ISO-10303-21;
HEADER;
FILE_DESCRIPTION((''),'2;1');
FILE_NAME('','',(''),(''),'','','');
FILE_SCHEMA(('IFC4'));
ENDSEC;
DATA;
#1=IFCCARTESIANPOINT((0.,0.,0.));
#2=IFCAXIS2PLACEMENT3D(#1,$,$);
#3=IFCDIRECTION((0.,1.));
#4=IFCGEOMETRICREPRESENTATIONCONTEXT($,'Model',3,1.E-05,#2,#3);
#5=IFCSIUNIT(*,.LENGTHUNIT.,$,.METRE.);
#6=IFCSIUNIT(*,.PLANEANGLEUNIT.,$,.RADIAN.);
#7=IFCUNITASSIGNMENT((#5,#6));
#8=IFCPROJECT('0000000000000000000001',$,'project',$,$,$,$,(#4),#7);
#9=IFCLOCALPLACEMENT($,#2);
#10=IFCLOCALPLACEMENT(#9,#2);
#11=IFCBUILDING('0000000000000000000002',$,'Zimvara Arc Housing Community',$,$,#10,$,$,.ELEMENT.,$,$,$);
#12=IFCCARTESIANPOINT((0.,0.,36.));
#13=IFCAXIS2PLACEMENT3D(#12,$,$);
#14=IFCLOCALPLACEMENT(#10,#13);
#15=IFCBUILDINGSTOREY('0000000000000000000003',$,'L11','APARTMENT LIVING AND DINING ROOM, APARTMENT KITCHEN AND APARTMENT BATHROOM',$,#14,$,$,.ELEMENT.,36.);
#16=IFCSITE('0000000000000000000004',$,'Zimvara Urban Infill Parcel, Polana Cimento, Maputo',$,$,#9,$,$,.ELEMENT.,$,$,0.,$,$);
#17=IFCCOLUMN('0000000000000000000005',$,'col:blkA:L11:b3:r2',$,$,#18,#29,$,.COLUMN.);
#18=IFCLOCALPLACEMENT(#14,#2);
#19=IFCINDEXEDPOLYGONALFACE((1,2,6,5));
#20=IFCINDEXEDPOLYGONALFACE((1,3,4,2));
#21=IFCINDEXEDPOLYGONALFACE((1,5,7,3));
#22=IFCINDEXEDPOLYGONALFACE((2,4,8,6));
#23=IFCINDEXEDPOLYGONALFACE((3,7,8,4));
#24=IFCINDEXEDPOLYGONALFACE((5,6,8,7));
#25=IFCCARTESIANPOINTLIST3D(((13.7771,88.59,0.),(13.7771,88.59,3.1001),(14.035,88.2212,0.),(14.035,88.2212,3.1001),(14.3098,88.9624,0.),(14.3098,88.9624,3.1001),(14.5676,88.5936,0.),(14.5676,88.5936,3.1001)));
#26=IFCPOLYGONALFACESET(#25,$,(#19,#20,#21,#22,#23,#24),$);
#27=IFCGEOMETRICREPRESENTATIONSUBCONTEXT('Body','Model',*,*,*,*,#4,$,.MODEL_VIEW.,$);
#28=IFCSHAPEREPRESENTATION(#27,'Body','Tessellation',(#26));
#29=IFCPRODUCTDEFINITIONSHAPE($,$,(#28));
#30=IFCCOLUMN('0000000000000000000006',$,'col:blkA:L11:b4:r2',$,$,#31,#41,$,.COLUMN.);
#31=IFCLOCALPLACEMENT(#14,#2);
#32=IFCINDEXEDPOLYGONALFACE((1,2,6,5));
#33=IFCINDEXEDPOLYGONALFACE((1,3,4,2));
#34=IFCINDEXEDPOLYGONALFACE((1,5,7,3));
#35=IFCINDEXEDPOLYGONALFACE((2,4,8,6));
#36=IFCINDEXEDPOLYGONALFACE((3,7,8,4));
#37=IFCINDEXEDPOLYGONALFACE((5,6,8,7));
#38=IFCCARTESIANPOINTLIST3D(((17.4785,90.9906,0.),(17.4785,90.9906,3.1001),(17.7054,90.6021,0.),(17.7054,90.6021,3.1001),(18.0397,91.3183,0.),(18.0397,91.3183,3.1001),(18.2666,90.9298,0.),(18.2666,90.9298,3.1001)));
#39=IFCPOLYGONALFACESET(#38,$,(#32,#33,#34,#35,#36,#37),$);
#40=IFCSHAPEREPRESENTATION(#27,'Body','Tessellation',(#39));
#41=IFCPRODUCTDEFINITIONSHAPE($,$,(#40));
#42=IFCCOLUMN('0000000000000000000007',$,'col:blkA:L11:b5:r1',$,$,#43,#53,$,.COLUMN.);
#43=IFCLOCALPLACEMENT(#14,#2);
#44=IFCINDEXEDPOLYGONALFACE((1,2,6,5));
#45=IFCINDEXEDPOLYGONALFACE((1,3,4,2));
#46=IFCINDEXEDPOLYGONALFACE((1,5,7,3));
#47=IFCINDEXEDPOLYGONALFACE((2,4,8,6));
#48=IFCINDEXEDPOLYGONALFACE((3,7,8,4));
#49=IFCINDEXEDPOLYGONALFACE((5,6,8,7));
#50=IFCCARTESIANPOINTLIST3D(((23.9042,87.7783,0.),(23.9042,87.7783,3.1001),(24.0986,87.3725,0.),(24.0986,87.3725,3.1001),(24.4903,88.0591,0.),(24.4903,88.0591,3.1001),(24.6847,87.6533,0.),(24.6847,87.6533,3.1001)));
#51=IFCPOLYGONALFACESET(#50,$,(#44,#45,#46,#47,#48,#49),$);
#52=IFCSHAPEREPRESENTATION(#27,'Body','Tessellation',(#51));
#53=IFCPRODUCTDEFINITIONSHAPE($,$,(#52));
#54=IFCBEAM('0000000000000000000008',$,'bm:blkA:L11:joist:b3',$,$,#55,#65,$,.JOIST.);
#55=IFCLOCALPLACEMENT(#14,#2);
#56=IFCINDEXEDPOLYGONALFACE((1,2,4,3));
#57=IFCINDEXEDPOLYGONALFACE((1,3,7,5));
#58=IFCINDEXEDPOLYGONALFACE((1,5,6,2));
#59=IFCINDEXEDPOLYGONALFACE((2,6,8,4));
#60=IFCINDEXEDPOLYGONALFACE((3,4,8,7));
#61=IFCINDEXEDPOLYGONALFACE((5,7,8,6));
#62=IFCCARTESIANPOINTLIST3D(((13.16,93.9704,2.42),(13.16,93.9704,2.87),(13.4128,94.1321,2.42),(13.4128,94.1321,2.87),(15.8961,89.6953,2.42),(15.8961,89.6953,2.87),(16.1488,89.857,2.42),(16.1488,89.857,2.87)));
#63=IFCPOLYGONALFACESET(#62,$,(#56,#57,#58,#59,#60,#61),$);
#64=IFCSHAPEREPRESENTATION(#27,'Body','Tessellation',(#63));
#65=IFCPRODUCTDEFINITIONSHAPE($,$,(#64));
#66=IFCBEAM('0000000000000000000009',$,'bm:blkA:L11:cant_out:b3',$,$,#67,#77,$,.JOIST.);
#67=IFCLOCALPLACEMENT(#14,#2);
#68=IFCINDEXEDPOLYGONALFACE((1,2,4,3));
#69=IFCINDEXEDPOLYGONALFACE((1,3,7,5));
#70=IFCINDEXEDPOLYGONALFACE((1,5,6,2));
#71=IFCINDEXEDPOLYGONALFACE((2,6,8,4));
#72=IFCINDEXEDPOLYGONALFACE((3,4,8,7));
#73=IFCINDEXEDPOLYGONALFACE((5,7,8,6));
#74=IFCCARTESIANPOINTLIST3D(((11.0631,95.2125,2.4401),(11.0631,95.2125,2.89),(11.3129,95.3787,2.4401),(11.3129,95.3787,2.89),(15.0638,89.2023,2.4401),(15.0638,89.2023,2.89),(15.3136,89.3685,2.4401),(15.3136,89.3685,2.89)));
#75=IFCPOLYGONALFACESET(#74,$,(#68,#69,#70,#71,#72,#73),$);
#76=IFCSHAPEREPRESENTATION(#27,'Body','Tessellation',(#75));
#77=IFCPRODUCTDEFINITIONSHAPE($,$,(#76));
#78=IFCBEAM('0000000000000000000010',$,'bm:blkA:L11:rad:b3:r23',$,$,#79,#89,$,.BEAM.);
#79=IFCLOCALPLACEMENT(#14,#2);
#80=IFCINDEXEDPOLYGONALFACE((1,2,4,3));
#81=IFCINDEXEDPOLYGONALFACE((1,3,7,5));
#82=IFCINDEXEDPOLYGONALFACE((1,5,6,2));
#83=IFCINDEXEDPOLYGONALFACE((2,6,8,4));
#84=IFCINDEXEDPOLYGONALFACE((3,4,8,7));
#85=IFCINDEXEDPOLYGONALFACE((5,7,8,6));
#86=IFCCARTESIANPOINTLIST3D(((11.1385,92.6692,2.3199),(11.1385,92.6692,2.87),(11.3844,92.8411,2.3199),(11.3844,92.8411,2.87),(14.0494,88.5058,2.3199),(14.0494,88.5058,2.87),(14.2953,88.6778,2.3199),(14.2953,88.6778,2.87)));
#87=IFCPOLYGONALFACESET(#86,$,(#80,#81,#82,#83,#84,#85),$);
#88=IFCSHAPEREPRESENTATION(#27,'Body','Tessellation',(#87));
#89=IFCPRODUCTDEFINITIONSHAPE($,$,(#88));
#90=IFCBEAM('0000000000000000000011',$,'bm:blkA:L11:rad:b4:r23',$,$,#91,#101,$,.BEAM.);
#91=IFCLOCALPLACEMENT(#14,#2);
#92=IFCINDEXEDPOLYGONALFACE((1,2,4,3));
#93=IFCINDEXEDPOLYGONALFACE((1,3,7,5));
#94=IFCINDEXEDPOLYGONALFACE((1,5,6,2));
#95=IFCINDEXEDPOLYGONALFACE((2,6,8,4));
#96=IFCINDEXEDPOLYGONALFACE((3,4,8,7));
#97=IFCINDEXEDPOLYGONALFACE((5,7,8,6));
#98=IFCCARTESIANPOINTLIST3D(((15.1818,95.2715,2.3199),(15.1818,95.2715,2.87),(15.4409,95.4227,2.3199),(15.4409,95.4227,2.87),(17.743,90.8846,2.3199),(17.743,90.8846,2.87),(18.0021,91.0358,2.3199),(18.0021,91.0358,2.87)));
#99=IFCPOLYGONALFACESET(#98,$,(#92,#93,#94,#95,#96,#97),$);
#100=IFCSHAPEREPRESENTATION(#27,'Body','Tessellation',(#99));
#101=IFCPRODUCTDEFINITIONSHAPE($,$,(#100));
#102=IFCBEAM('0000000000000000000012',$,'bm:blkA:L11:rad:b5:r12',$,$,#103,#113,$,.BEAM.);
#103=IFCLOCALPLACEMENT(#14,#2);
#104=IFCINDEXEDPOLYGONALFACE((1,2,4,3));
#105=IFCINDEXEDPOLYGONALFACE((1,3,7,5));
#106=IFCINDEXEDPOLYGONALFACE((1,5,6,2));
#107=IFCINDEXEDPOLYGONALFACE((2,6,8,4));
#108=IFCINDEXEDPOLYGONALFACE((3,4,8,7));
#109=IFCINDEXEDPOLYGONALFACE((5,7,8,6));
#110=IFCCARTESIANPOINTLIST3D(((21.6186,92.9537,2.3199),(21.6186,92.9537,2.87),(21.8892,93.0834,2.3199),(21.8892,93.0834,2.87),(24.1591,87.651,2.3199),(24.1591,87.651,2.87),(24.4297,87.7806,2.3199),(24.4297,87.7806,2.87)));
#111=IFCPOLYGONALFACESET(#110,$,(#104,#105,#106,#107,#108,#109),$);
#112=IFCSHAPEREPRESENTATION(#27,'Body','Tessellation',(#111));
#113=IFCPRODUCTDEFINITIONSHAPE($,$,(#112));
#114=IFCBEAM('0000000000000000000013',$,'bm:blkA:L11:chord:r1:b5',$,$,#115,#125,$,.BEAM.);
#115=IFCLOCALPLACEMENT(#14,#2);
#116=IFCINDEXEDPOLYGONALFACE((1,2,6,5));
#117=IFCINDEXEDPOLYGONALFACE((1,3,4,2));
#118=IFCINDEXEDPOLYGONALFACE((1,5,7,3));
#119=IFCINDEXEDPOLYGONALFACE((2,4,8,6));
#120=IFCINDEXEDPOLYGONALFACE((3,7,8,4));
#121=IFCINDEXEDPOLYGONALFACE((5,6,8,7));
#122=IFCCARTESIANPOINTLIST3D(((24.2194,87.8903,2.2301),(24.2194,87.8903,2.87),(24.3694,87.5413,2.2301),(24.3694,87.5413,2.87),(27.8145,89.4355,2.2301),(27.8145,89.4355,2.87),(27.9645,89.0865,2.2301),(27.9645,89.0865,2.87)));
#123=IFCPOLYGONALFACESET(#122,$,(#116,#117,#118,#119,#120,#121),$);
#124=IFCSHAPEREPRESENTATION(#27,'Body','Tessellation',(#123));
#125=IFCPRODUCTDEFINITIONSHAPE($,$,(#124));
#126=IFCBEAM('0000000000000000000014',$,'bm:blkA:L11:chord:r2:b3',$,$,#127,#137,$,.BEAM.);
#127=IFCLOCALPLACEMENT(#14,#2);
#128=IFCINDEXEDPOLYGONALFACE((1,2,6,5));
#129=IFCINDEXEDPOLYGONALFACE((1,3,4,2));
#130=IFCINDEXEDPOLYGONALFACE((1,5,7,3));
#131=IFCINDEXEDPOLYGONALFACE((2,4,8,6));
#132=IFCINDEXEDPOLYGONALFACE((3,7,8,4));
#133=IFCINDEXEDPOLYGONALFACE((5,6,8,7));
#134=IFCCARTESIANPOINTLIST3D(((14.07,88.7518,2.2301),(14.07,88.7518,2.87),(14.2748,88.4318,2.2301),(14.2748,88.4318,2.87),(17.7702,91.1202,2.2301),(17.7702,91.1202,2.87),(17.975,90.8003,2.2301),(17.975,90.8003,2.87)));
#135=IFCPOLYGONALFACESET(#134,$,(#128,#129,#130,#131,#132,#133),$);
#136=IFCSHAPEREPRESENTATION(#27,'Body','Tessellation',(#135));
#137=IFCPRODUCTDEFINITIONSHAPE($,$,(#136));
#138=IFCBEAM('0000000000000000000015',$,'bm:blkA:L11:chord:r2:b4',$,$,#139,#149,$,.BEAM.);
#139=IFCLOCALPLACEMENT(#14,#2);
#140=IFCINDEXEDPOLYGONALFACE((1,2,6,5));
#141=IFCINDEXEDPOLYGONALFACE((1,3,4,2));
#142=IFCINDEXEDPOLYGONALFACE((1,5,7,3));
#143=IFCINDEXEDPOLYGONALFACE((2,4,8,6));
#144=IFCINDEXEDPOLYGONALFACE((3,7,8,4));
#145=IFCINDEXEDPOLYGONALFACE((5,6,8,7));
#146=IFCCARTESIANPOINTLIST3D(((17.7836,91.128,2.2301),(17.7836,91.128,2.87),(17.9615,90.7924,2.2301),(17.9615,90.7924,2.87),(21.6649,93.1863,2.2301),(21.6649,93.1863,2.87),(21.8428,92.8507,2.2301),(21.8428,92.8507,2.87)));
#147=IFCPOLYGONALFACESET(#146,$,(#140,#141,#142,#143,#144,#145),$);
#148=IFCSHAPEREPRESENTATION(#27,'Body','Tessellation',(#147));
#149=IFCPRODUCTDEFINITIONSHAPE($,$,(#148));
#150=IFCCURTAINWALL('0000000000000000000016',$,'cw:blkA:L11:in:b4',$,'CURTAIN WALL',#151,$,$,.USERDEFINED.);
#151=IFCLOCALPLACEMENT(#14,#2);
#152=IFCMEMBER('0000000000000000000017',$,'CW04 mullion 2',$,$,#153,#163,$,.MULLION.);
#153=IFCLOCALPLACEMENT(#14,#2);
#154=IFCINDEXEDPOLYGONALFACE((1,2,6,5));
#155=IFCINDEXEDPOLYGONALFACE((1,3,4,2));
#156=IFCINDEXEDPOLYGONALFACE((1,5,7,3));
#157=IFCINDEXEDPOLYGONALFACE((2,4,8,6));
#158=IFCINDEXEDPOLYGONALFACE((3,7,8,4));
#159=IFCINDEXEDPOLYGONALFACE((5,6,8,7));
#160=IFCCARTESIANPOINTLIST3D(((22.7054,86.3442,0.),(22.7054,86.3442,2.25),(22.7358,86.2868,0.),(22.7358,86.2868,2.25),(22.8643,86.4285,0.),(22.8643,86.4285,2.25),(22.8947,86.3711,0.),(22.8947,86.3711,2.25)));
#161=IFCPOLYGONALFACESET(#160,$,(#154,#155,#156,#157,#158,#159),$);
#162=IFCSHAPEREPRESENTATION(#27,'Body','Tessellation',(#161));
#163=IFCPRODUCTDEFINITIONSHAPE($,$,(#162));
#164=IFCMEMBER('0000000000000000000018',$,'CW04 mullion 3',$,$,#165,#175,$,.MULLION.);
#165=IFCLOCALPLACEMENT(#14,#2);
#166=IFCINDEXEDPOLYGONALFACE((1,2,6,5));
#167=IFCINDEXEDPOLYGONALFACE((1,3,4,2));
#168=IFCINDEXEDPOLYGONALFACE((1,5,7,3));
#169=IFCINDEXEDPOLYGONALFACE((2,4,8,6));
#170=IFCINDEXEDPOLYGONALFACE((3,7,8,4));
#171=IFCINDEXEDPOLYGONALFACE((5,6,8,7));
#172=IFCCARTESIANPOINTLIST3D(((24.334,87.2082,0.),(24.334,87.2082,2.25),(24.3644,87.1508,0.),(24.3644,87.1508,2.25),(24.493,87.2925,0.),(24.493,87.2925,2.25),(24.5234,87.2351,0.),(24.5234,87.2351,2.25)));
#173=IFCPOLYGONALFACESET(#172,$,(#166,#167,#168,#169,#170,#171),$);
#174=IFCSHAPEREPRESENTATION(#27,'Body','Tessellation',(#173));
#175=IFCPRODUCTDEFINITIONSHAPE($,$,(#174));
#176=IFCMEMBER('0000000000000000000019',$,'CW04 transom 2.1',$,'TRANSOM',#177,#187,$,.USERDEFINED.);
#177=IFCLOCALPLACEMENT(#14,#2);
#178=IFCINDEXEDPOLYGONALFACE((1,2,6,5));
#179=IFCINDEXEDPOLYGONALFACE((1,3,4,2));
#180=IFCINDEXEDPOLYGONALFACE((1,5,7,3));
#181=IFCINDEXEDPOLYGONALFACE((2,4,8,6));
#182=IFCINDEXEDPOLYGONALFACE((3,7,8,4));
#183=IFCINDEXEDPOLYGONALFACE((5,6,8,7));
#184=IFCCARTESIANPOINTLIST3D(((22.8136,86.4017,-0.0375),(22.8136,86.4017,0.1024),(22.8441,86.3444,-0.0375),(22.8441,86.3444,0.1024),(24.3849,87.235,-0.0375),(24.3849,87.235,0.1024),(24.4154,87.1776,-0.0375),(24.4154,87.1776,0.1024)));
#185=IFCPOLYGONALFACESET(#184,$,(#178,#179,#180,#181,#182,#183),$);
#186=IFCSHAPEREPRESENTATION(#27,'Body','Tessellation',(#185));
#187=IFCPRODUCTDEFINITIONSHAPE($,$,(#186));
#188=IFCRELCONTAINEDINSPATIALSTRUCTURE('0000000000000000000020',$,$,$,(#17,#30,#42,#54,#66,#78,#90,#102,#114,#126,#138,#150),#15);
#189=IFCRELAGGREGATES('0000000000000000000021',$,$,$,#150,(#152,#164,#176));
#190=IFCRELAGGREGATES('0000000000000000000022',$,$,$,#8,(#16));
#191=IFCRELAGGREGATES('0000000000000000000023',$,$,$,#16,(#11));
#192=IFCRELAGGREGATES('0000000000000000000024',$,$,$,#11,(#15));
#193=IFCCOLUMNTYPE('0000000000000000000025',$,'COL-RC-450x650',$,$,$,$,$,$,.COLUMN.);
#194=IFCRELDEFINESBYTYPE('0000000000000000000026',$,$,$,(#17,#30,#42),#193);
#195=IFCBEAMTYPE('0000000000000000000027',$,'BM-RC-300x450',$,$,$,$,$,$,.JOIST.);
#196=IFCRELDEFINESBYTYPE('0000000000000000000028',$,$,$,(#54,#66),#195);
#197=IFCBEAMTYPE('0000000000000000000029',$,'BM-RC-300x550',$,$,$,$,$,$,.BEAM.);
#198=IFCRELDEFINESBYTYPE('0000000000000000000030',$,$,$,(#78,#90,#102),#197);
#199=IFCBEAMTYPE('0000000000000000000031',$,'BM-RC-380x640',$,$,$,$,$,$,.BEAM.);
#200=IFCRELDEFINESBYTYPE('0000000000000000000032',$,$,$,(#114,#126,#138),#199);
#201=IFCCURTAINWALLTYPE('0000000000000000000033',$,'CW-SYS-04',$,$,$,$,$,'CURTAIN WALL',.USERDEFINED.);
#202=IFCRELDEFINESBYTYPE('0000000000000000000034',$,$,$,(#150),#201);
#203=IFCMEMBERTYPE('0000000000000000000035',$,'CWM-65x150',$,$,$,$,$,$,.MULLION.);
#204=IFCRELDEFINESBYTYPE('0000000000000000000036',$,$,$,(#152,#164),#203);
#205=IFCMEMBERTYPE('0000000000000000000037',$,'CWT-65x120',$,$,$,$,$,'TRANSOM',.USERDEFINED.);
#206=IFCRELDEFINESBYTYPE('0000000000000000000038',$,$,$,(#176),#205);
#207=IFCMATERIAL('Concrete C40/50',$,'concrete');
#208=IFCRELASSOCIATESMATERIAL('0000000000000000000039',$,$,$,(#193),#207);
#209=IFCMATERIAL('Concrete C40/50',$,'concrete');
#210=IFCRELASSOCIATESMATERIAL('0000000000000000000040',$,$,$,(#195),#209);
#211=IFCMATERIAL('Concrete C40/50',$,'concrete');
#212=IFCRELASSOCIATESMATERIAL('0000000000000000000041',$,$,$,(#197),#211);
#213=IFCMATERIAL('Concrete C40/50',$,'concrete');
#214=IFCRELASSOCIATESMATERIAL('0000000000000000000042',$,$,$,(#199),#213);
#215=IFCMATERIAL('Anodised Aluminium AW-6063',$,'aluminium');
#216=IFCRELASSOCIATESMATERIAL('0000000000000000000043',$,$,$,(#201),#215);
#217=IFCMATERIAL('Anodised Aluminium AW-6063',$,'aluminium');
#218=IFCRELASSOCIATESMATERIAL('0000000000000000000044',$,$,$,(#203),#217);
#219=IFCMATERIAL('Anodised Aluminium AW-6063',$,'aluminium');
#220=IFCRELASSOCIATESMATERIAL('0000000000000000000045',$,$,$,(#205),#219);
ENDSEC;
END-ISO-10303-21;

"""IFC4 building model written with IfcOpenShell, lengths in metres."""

from ifc_helpers import new_model, si_unit, direction, frame, origin, origin_2d, place, context, subcontext, project, spatial, rectangle, extrude, material, material_profile, profile_set, type_object, element, aggregate, save


model = new_model("IFC4")

# Units and contexts
model_context = context("Model", 3, precision=1e-05, world=origin(), true_north=direction((0.0, 1.0)))
body_context = subcontext(model_context, "Body", "Model", "MODEL_VIEW")
ifc_project = project(units=[si_unit("LENGTHUNIT", "METRE"), si_unit("PLANEANGLEUNIT", "RADIAN")], contexts=[model_context])

# Site, building, storey
site_placement = place(None, origin())
site = spatial("IfcSite", under=ifc_project, at=site_placement, Name="Zimvara Urban Infill Parcel, Polana Cimento, Maputo", CompositionType="ELEMENT", RefElevation=0.0)
building_placement = place(site_placement, origin())
building = spatial("IfcBuilding", under=site, at=building_placement, Name="Zimvara Arc Housing Community", CompositionType="ELEMENT")
storey_placement = place(building_placement, frame((0.0, 0.0, 36.0)))
storey = spatial("IfcBuildingStorey", under=building, at=storey_placement, Name="L11", Description="APARTMENT LIVING AND DINING ROOM, APARTMENT KITCHEN AND APARTMENT BATHROOM", CompositionType="ELEMENT", Elevation=36.0)

# Columns
ifc_material_1 = material(Name="Concrete C40/50", Category="concrete")
ifc_material_profile_1 = material_profile(ifc_material_1, rectangle(XDim=0.45, YDim=0.6499, at=origin_2d()), Name="RC 450x650")
ifc_profile_set_1 = profile_set([ifc_material_profile_1], Name="Concrete C40/50")
column_type = type_object("IfcColumnType", Name="COL-RC-450x650", PredefinedType="COLUMN", material=ifc_profile_set_1)
for number, where, z_axis, x_axis, name in (
    (1, (14.1724, 88.5918, 0.0), (0.0, 0.0, 1.0), (-0.573004, 0.819552, 0.0), "col:blkA:L11:b3:r2"),
    (2, (17.8726, 90.9602, 0.0), (0.0, 0.0, 1.0), (-0.504226, 0.863572, 0.0), "col:blkA:L11:b4:r2"),
    (3, (24.2944, 87.7158, 0.0), (0.0, 0.0, 1.0), (-0.432086, 0.901833, 0.0), "col:blkA:L11:b5:r1"),
):
    element("IfcColumn", number, at=place(storey_placement, frame(where, z_axis=z_axis, x_axis=x_axis)), inside=storey, type_object=column_type, Name=name, PredefinedType="COLUMN", context=body_context, shape_type="SweptSolid", body=[
        extrude(rectangle(XDim=0.45, YDim=0.6499, at=origin_2d()), origin(), (0.0, 0.0, 1.0), 3.1001),
    ])

# Beams
ifc_material_2 = material(Name="Concrete C40/50", Category="concrete")
ifc_material_profile_2 = material_profile(ifc_material_2, rectangle(XDim=0.3, YDim=0.45, at=origin_2d()), Name="RC 300x450")
ifc_profile_set_2 = profile_set([ifc_material_profile_2], Name="Concrete C40/50")
beam_type_1 = type_object("IfcBeamType", Name="BM-RC-300x450", PredefinedType="JOIST", material=ifc_profile_set_2)
beam_1_placement = place(storey_placement, frame((16.0225, 89.7761, 2.645), z_axis=(-0.539052, 0.842272, 0.0), x_axis=(-0.842272, -0.539052, 0.0)))
element("IfcBeam", 4, at=beam_1_placement, inside=storey, type_object=beam_type_1, Name="bm:blkA:L11:joist:b3", PredefinedType="JOIST", context=body_context, shape_type="SweptSolid", body=[
    extrude(rectangle(XDim=0.3, YDim=0.45, at=origin_2d()), origin(), (0.0, 0.0, 1.0), 5.0757),
])
beam_2_placement = place(storey_placement, frame((15.1887, 89.2854, 2.665), z_axis=(-0.554115, 0.83244, 0.0), x_axis=(-0.83244, -0.554115, 0.0)))
element("IfcBeam", 5, at=beam_2_placement, inside=storey, type_object=beam_type_1, Name="bm:blkA:L11:cant_out:b3", PredefinedType="JOIST", context=body_context, shape_type="SweptSolid", body=[
    extrude(rectangle(XDim=0.3, YDim=0.45, at=origin_2d()), origin(), (0.0, 0.0, 1.0), 7.22),
])
ifc_material_3 = material(Name="Concrete C40/50", Category="concrete")
ifc_material_profile_3 = material_profile(ifc_material_3, rectangle(XDim=0.3, YDim=0.55, at=origin_2d()), Name="RC 300x550")
ifc_profile_set_3 = profile_set([ifc_material_profile_3], Name="Concrete C40/50")
beam_type_2 = type_object("IfcBeamType", Name="BM-RC-300x550", PredefinedType="BEAM", material=ifc_profile_set_3)
beam_3_placement = place(storey_placement, frame((14.1724, 88.5918, 2.595), z_axis=(-0.573007, 0.81955, 0.0), x_axis=(-0.81955, -0.573007, 0.0)))
element("IfcBeam", 6, at=beam_3_placement, inside=storey, type_object=beam_type_2, Name="bm:blkA:L11:rad:b3:r23", PredefinedType="BEAM", context=body_context, shape_type="SweptSolid", body=[
    extrude(rectangle(XDim=0.3, YDim=0.55, at=origin_2d()), origin(), (0.0, 0.0, 1.0), 5.0801),
])
beam_4_placement = place(storey_placement, frame((17.8726, 90.9602, 2.595), z_axis=(-0.504197, 0.863589, 0.0), x_axis=(-0.863589, -0.504197, 0.0)))
element("IfcBeam", 7, at=beam_4_placement, inside=storey, type_object=beam_type_2, Name="bm:blkA:L11:rad:b4:r23", PredefinedType="BEAM", context=body_context, shape_type="SweptSolid", body=[
    extrude(rectangle(XDim=0.3, YDim=0.55, at=origin_2d()), origin(), (0.0, 0.0, 1.0), 5.0798),
])
beam_5_placement = place(storey_placement, frame((24.2944, 87.7158, 2.595), z_axis=(-0.43207, 0.90184, 0.0), x_axis=(-0.90184, -0.43207, 0.0)))
element("IfcBeam", 8, at=beam_5_placement, inside=storey, type_object=beam_type_2, Name="bm:blkA:L11:rad:b5:r12", PredefinedType="BEAM", context=body_context, shape_type="SweptSolid", body=[
    extrude(rectangle(XDim=0.3, YDim=0.55, at=origin_2d()), origin(), (0.0, 0.0, 1.0), 5.8799),
])
ifc_material_4 = material(Name="Concrete C40/50", Category="concrete")
ifc_material_profile_4 = material_profile(ifc_material_4, rectangle(XDim=0.3799, YDim=0.6399, at=origin_2d()), Name="RC 380x640")
ifc_profile_set_4 = profile_set([ifc_material_profile_4], Name="Concrete C40/50")
beam_type_3 = type_object("IfcBeamType", Name="BM-RC-380x640", PredefinedType="BEAM", material=ifc_profile_set_4)
beam_6_placement = place(storey_placement, frame((24.2944, 87.7158, 2.55), z_axis=(0.918731, 0.394883, 0.0), x_axis=(-0.394883, 0.918731, 0.0)))
element("IfcBeam", 9, at=beam_6_placement, inside=storey, type_object=beam_type_3, Name="bm:blkA:L11:chord:r1:b5", PredefinedType="BEAM", context=body_context, shape_type="SweptSolid", body=[
    extrude(rectangle(XDim=0.3799, YDim=0.6399, at=origin_2d()), origin(), (0.0, 0.0, 1.0), 3.9131),
])
for number, where, z_axis, x_axis, name in (
    (10, (14.1724, 88.5918, 2.55), (0.842242, 0.539099, 0.0), (-0.539099, 0.842242, 0.0), "bm:blkA:L11:chord:r2:b3"),
    (11, (17.8726, 90.9602, 2.55), (0.883457, 0.468513, 0.0), (-0.468513, 0.883457, 0.0), "bm:blkA:L11:chord:r2:b4"),
):
    element("IfcBeam", number, at=place(storey_placement, frame(where, z_axis=z_axis, x_axis=x_axis)), inside=storey, type_object=beam_type_3, Name=name, PredefinedType="BEAM", context=body_context, shape_type="SweptSolid", body=[
        extrude(rectangle(XDim=0.3799, YDim=0.6399, at=origin_2d()), origin(), (0.0, 0.0, 1.0), 4.3933),
    ])

# Curtain wall, members
ifc_material_5 = material(Name="Anodised Aluminium AW-6063", Category="aluminium")
curtain_wall_type = type_object("IfcCurtainWallType", Name="CW-SYS-04", ElementType="CURTAIN WALL", PredefinedType="USERDEFINED", material=ifc_material_5)
curtain_wall_placement = place(storey_placement, origin())
curtain_wall = element("IfcCurtainWall", 12, at=curtain_wall_placement, inside=storey, type_object=curtain_wall_type, Name="cw:blkA:L11:in:b4", ObjectType="CURTAIN WALL", PredefinedType="USERDEFINED")
ifc_material_6 = material(Name="Anodised Aluminium AW-6063", Category="aluminium")
ifc_material_profile_5 = material_profile(ifc_material_6, rectangle(XDim=0.0649, YDim=0.1799, at=origin_2d()), Name="ALU 65x180")
ifc_profile_set_5 = profile_set([ifc_material_profile_5], Name="Anodised Aluminium AW-6063")
member_type_1 = type_object("IfcMemberType", Name="CWM-65x150", PredefinedType="MULLION", material=ifc_profile_set_5)
member_1_placement = place(storey_placement, frame((22.8, 86.3577, 0.0), z_axis=(0.0, 0.0, 1.0), x_axis=(-0.468547, 0.883439, 0.0)))
member_1 = element("IfcMember", 13, at=member_1_placement, type_object=member_type_1, Name="CW04 mullion 2", PredefinedType="MULLION", context=body_context, shape_type="SweptSolid", body=[
    extrude(rectangle(XDim=0.0649, YDim=0.1799, at=origin_2d()), origin(), (0.0, 0.0, 1.0), 2.25),
])
member_2_placement = place(storey_placement, frame((24.4287, 87.2217, 0.0), z_axis=(0.0, 0.0, 1.0), x_axis=(-0.468547, 0.883439, 0.0)))
member_2 = element("IfcMember", 14, at=member_2_placement, type_object=member_type_1, Name="CW04 mullion 3", PredefinedType="MULLION", context=body_context, shape_type="SweptSolid", body=[
    extrude(rectangle(XDim=0.0649, YDim=0.1799, at=origin_2d()), origin(), (0.0, 0.0, 1.0), 2.25),
])
ifc_material_7 = material(Name="Anodised Aluminium AW-6063", Category="aluminium")
ifc_material_profile_6 = material_profile(ifc_material_7, rectangle(XDim=0.0649, YDim=0.1399, at=origin_2d()), Name="ALU 65x140")
ifc_profile_set_6 = profile_set([ifc_material_profile_6], Name="Anodised Aluminium AW-6063")
member_type_2 = type_object("IfcMemberType", Name="CWT-65x120", ElementType="TRANSOM", PredefinedType="USERDEFINED", material=ifc_profile_set_6)
member_3_placement = place(storey_placement, frame((22.8289, 86.373, 0.0325), z_axis=(0.883464, 0.468499, 0.0), x_axis=(-0.468499, 0.883464, 0.0)))
member_3 = element("IfcMember", 15, at=member_3_placement, type_object=member_type_2, Name="CW04 transom 2.1", ObjectType="TRANSOM", PredefinedType="USERDEFINED", context=body_context, shape_type="SweptSolid", body=[
    extrude(rectangle(XDim=0.0649, YDim=0.1399, at=origin_2d()), origin(), (0.0, 0.0, 1.0), 1.7786),
])
aggregate(curtain_wall, [member_1, member_2, member_3])

save(model, "model.ifc")
